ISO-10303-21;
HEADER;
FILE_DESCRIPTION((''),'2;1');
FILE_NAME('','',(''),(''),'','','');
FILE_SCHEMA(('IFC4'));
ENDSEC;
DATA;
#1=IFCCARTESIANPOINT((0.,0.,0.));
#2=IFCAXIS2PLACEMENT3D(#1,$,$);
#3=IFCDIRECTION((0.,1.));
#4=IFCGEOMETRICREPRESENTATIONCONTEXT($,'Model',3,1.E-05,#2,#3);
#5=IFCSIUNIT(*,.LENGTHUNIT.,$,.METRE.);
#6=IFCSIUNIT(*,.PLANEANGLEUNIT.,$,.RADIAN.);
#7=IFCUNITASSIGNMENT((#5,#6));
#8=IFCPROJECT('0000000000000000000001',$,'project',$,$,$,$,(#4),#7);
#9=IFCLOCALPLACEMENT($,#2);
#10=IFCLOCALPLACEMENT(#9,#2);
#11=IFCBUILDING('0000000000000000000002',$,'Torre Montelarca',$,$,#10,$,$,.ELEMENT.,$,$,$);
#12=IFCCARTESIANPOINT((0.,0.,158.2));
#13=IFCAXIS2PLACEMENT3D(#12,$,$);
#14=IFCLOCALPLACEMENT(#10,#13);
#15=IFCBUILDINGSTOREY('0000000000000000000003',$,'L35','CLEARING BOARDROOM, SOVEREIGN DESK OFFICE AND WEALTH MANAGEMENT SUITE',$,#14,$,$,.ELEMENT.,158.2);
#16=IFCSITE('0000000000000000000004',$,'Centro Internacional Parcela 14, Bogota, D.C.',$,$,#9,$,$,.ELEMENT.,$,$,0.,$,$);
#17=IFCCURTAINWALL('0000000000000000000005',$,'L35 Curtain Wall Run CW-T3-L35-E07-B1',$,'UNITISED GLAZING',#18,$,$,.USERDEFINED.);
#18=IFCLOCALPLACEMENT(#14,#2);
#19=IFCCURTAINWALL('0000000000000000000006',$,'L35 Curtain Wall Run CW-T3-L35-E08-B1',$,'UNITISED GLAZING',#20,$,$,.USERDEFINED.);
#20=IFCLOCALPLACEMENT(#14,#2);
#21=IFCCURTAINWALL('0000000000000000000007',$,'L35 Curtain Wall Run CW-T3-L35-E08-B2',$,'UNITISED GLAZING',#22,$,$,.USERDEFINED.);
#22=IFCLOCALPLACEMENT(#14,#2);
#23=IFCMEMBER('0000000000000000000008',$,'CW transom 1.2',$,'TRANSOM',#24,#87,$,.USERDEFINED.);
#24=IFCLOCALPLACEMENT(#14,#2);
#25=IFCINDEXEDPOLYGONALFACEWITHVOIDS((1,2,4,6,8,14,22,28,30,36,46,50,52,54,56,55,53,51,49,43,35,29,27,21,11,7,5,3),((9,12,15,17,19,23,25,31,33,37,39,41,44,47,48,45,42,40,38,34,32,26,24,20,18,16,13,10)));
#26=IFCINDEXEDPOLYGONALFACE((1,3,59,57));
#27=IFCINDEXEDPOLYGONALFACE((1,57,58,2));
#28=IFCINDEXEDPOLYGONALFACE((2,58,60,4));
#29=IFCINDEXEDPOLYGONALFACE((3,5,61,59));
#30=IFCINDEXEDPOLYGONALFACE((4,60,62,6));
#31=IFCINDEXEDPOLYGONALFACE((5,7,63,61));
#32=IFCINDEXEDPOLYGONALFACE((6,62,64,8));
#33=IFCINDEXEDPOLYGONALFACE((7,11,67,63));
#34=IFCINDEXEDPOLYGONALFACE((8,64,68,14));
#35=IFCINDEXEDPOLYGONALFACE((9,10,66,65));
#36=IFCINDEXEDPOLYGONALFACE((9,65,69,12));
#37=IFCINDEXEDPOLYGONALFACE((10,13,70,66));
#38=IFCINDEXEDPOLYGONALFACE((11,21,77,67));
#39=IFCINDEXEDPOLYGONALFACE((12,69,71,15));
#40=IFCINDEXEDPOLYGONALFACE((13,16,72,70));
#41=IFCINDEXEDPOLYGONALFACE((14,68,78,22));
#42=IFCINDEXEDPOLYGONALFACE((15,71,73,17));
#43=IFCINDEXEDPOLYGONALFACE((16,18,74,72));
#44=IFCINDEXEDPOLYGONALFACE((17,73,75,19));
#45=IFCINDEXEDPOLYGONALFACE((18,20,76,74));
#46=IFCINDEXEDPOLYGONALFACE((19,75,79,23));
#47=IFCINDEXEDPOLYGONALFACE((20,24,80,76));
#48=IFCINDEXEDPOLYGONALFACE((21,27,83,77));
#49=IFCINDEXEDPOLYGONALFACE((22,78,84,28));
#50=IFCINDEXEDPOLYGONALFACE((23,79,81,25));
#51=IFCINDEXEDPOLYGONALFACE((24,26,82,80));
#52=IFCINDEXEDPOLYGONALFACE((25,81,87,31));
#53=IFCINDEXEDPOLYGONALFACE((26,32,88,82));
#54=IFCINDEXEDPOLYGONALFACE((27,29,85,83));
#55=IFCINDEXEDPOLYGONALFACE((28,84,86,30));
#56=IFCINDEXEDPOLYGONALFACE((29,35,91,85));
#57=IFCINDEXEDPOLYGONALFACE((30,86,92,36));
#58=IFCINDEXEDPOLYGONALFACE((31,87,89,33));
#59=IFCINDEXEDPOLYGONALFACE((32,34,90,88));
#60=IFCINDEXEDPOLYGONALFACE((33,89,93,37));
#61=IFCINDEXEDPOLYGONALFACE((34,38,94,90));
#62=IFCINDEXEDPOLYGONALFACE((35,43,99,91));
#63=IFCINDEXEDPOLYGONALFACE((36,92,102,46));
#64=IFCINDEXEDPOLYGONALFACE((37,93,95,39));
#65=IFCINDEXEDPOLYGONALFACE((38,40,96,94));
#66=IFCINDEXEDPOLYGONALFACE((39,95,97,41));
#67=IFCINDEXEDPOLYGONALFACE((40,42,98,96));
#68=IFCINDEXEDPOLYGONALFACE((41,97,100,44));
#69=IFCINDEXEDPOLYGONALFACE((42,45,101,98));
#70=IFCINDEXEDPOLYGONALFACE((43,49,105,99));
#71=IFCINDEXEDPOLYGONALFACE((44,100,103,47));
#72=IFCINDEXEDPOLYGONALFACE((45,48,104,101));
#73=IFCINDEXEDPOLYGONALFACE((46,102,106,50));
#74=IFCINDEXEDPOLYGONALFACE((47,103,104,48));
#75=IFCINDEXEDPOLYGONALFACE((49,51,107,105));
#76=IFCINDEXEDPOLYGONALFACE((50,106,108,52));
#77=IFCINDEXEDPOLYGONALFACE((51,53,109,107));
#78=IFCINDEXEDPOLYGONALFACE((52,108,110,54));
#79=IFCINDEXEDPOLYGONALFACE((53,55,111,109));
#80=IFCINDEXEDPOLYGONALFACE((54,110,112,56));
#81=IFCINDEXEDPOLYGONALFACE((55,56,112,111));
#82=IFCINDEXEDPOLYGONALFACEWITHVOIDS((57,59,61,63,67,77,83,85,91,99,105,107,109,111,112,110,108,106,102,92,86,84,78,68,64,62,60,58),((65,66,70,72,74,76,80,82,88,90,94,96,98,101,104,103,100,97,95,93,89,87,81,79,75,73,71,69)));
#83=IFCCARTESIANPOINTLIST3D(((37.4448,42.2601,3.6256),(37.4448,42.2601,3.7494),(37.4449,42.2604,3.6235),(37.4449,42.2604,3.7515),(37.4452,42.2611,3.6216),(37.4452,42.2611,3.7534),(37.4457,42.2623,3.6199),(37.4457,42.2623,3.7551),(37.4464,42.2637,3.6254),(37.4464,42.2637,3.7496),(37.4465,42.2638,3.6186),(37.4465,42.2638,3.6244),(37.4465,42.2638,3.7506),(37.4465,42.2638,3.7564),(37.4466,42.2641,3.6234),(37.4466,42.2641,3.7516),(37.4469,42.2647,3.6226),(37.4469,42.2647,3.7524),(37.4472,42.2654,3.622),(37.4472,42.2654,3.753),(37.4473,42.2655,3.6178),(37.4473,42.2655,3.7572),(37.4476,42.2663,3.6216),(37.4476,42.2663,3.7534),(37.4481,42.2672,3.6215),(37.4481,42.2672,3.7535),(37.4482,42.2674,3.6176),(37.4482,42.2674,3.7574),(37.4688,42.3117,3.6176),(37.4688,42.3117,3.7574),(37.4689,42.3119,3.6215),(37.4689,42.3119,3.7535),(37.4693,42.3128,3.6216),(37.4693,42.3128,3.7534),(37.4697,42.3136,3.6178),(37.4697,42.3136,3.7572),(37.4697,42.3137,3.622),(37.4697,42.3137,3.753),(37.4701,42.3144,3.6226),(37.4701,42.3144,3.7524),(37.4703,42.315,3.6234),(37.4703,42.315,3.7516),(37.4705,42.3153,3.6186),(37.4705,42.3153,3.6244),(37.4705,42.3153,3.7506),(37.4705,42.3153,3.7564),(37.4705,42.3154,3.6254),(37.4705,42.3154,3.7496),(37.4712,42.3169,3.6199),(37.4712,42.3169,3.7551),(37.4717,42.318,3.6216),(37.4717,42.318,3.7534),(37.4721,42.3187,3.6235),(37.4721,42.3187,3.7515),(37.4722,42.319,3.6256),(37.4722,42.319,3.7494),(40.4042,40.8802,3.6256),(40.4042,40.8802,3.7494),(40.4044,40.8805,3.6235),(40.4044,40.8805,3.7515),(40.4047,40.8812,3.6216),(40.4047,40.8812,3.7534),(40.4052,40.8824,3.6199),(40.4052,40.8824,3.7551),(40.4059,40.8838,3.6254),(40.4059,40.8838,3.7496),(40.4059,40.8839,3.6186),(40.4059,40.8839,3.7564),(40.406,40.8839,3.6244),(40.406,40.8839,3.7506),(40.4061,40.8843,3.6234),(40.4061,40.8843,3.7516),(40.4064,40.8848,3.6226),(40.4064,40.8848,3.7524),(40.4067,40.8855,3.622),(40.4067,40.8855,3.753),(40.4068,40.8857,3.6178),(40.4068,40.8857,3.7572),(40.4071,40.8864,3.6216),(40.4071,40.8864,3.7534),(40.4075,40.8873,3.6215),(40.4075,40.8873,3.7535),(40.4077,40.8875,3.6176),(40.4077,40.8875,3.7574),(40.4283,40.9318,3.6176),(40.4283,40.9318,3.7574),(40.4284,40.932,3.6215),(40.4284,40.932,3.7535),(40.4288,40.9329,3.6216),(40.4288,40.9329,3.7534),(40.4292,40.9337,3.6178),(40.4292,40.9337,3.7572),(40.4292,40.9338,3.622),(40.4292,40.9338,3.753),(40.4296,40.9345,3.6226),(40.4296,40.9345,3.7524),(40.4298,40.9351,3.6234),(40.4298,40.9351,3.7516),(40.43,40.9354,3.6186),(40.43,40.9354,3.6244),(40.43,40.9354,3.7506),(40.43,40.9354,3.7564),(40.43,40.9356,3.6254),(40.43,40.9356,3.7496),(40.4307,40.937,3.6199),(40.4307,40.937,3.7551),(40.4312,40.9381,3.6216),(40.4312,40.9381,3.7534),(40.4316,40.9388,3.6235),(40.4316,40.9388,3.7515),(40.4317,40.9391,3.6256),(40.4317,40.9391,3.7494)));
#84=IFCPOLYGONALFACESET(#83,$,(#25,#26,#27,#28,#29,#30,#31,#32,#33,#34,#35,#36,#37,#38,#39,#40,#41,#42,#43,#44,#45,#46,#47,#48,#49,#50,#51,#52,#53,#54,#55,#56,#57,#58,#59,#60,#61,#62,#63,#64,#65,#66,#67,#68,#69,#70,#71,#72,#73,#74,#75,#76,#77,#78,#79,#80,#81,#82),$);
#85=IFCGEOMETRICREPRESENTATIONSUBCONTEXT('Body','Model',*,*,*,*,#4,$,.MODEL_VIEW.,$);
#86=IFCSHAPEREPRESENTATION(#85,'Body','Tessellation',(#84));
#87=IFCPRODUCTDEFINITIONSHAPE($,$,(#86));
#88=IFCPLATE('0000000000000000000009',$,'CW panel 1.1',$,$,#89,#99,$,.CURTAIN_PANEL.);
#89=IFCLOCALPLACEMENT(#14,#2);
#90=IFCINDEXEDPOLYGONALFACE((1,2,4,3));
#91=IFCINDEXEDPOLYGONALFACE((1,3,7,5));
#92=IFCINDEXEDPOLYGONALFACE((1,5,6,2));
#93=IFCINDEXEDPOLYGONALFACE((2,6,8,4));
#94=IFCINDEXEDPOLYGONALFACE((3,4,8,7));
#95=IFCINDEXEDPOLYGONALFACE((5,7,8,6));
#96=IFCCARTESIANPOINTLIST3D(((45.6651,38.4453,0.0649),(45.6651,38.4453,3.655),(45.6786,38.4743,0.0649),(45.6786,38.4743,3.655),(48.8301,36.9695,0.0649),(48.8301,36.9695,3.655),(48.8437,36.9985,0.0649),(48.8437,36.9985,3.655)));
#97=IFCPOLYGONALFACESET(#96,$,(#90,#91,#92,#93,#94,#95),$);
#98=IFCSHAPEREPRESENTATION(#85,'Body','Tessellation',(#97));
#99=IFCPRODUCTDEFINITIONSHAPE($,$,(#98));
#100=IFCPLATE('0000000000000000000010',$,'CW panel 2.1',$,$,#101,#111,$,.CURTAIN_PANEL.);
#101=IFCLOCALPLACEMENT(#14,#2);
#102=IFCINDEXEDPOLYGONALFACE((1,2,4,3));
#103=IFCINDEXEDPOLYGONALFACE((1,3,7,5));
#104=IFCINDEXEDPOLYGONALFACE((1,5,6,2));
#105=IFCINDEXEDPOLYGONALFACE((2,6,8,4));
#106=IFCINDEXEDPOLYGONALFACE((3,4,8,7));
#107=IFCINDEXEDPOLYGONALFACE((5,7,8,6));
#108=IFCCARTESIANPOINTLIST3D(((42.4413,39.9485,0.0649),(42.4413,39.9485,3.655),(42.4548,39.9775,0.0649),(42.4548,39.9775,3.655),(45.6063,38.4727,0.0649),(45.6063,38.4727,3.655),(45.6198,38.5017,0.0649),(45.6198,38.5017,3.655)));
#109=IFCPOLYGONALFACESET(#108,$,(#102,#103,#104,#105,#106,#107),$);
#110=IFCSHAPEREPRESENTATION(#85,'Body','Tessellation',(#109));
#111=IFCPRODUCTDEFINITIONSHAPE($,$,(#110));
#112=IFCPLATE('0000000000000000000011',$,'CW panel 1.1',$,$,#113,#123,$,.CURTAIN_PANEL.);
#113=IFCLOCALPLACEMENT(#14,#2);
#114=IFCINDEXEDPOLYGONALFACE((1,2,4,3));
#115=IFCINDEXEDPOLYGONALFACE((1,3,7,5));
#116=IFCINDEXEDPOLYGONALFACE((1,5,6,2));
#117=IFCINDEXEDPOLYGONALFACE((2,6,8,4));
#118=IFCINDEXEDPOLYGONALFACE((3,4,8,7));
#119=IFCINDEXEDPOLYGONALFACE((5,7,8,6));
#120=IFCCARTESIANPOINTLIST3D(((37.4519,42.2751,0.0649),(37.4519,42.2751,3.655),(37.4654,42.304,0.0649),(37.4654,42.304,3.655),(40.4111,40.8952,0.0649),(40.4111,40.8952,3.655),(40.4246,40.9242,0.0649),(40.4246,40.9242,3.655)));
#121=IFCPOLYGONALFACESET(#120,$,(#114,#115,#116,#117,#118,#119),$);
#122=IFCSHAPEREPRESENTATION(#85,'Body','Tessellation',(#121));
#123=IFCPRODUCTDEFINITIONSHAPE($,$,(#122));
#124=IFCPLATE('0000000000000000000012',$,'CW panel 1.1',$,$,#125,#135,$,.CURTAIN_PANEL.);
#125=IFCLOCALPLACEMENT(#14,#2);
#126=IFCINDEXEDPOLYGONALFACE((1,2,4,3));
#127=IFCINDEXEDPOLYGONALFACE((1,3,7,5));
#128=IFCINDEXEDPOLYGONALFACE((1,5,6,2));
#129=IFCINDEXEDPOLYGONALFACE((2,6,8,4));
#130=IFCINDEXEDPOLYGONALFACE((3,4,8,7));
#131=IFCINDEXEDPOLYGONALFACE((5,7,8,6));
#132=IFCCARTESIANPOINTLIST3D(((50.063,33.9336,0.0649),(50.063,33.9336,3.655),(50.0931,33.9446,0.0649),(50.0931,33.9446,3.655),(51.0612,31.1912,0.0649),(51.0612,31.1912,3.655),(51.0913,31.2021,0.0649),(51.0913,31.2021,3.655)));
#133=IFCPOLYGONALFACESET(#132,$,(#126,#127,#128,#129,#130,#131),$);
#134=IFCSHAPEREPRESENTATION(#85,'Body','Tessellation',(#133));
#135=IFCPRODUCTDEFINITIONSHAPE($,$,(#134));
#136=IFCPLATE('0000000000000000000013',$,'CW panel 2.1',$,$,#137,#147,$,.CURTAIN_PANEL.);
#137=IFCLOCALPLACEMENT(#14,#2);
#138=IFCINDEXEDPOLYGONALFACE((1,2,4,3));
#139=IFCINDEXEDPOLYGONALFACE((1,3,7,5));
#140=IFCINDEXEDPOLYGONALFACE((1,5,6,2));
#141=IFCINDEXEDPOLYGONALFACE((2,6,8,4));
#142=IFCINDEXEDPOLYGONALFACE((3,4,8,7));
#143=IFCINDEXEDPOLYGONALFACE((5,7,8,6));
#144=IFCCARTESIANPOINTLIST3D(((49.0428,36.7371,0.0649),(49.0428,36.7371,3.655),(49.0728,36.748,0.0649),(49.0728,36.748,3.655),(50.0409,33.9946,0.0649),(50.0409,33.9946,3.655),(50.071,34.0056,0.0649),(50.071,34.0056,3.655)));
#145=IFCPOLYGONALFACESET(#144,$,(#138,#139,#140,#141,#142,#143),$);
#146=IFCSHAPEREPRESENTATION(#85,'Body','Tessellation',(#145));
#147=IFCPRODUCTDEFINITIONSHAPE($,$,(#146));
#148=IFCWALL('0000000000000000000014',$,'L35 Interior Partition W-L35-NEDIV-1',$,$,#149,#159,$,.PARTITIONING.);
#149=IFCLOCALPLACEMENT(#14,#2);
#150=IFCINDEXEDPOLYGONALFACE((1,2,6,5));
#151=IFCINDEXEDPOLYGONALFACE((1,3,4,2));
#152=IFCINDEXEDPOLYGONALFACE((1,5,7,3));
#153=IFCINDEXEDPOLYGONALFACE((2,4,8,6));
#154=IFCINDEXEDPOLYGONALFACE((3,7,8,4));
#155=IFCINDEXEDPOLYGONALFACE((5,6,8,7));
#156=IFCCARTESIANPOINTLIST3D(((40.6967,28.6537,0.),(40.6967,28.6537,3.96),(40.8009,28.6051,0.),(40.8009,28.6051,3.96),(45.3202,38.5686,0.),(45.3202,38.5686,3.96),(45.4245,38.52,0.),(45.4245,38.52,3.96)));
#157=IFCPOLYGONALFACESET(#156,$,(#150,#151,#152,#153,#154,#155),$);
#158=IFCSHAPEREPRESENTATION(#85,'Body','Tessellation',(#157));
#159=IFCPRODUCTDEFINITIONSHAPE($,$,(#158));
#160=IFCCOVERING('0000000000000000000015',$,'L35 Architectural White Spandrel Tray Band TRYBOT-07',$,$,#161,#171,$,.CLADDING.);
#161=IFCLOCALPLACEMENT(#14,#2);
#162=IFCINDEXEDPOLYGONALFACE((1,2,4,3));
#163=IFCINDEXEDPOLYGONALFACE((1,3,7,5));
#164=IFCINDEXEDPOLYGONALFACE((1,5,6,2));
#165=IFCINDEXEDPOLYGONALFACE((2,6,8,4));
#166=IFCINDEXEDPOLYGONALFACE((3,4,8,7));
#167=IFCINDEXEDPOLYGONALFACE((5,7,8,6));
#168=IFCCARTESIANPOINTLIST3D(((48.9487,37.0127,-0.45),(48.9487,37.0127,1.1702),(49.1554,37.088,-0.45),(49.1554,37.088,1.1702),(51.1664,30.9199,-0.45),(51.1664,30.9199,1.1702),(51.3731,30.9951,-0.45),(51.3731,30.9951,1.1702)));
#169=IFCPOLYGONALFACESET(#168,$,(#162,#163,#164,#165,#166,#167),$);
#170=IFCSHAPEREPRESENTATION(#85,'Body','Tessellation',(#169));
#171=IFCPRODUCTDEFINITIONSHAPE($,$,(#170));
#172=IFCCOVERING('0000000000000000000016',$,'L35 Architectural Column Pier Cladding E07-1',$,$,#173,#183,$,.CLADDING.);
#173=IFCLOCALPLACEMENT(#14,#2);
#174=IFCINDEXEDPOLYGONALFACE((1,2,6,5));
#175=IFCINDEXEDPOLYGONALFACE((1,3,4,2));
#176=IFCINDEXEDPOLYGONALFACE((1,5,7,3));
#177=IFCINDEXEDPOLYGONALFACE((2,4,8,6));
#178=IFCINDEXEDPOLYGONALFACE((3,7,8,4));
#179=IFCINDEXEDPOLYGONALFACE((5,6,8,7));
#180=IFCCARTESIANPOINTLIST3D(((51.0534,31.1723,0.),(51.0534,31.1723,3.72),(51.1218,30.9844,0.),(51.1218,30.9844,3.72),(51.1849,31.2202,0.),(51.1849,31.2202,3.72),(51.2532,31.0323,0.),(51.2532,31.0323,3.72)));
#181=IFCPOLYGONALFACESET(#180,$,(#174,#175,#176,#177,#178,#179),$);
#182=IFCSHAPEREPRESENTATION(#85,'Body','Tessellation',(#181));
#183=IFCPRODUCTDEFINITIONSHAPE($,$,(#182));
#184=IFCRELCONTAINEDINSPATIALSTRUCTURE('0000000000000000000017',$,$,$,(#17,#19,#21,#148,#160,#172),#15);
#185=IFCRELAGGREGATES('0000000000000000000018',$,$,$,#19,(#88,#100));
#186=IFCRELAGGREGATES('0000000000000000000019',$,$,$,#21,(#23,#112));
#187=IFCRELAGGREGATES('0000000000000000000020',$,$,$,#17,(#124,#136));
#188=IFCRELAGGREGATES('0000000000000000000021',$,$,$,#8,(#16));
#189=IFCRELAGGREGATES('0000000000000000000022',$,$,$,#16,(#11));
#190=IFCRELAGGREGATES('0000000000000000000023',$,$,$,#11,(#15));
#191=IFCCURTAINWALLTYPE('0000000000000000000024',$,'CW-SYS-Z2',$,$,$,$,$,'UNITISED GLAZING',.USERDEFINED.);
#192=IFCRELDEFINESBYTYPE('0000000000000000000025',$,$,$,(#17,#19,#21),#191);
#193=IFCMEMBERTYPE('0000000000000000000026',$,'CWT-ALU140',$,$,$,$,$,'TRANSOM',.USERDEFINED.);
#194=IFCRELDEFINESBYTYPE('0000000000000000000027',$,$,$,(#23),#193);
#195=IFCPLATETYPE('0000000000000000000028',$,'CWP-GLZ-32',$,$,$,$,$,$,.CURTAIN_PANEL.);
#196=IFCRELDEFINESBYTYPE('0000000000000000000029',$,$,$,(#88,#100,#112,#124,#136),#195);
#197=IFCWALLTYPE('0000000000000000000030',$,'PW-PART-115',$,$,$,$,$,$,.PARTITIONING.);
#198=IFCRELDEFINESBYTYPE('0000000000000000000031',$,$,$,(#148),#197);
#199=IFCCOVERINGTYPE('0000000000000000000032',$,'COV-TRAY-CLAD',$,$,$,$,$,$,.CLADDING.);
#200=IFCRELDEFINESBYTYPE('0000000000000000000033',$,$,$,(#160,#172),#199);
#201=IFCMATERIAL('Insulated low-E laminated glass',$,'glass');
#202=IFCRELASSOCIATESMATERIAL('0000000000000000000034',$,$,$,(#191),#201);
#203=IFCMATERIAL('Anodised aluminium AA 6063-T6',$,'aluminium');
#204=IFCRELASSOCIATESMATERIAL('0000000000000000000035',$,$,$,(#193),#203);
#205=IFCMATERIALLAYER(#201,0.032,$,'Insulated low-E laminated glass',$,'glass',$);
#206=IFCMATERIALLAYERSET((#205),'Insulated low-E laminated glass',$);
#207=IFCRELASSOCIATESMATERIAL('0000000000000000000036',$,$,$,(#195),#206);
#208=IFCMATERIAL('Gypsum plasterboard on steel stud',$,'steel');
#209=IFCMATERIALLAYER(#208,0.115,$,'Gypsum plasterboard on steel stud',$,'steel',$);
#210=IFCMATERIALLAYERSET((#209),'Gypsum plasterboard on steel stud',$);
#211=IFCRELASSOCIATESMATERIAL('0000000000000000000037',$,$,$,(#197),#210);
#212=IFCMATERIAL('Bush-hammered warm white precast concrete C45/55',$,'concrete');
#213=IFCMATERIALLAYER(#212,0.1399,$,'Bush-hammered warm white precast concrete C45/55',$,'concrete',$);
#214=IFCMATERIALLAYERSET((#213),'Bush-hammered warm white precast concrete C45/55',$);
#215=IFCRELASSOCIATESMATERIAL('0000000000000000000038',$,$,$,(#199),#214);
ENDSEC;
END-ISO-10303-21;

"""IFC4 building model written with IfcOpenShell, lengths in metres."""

from ifc_helpers import new_model, si_unit, direction, frame, frame_2d, origin, origin_2d, place, context, subcontext, project, spatial, rectangle, hollow_rectangle, extrude, source, transform, mapped, material, layer, layer_set, material_profile, profile_set, type_object, element, aggregate, save


model = new_model("IFC4")

# Units and contexts
model_context = context("Model", 3, precision=1e-05, world=origin(), true_north=direction((0.0, 1.0)))
body_context = subcontext(model_context, "Body", "Model", "MODEL_VIEW")
ifc_project = project(units=[si_unit("LENGTHUNIT", "METRE"), si_unit("PLANEANGLEUNIT", "RADIAN")], contexts=[model_context])

# Site, building, storey
site_placement = place(None, origin())
site = spatial("IfcSite", under=ifc_project, at=site_placement, Name="Centro Internacional Parcela 14, Bogota, D.C.", CompositionType="ELEMENT", RefElevation=0.0)
building_placement = place(site_placement, origin())
building = spatial("IfcBuilding", under=site, at=building_placement, Name="Torre Montelarca", CompositionType="ELEMENT")
storey_placement = place(building_placement, frame((0.0, 0.0, 158.2)))
storey = spatial("IfcBuildingStorey", under=building, at=storey_placement, Name="L35", Description="CLEARING BOARDROOM, SOVEREIGN DESK OFFICE AND WEALTH MANAGEMENT SUITE", CompositionType="ELEMENT", Elevation=158.2)

# Curtain walls
ifc_material_1 = material(Name="Insulated low-E laminated glass", Category="glass")
curtain_wall_type = type_object("IfcCurtainWallType", Name="CW-SYS-Z2", ElementType="UNITISED GLAZING", PredefinedType="USERDEFINED", material=ifc_material_1)
curtain_wall_1_placement = place(storey_placement, origin())
curtain_wall_1 = element("IfcCurtainWall", 1, at=curtain_wall_1_placement, inside=storey, type_object=curtain_wall_type, Name="L35 Curtain Wall Run CW-T3-L35-E07-B1", ObjectType="UNITISED GLAZING", PredefinedType="USERDEFINED")
ifc_material_2 = material(Name="Anodised aluminium AA 6063-T6", Category="aluminium")
ifc_material_profile_1 = material_profile(ifc_material_2, hollow_rectangle(XDim=0.0649, YDim=0.1399, WallThickness=0.0039, InnerFilletRadius=0.0039, OuterFilletRadius=0.0081, at=origin_2d()), Name="ALU65X140X4", Category="aluminium")
ifc_profile_set_1 = profile_set([ifc_material_profile_1], Name="Anodised aluminium AA 6063-T6")
member_type_1 = type_object("IfcMemberType", Name="CWT-ALU140", ElementType="TRANSOM", PredefinedType="USERDEFINED", material=ifc_profile_set_1)
curtain_wall_2_placement = place(storey_placement, origin())
curtain_wall_2 = element("IfcCurtainWall", 2, at=curtain_wall_2_placement, inside=storey, type_object=curtain_wall_type, Name="L35 Curtain Wall Run CW-T3-L35-E08-B1", ObjectType="UNITISED GLAZING", PredefinedType="USERDEFINED")

# Curtain wall
curtain_wall_3_placement = place(storey_placement, origin())
curtain_wall_3 = element("IfcCurtainWall", 3, at=curtain_wall_3_placement, inside=storey, type_object=curtain_wall_type, Name="L35 Curtain Wall Run CW-T3-L35-E08-B2", ObjectType="UNITISED GLAZING", PredefinedType="USERDEFINED")

# Member
shared_shape_1 = source(origin(), body_context, "Body", "SweptSolid", [
    extrude(hollow_rectangle(XDim=0.0649, YDim=0.1399, WallThickness=0.0039, InnerFilletRadius=0.0039, OuterFilletRadius=0.0081, at=origin_2d()), origin(), (0.0, 0.0, 1.0), 3.2654),
])
member_1_placement = place(storey_placement, frame((40.418, 40.9097, 3.6875), z_axis=(-0.906324, 0.422583, 0.0), x_axis=(-0.422583, -0.906324, 0.0)))
member_1 = element("IfcMember", 4, at=member_1_placement, type_object=member_type_1, Name="CW transom 1.2", ObjectType="TRANSOM", PredefinedType="USERDEFINED", context=body_context, shape_type="MappedRepresentation", body=[
    mapped(shared_shape_1, transform((0.0, 0.0, 0.0), scale=1.0)),
])

# Plates
ifc_layer_1 = layer(ifc_material_1, 0.032, Name="Insulated low-E laminated glass", Category="glass")
ifc_layer_set_1 = layer_set([ifc_layer_1], Name="Insulated low-E laminated glass")
plate_type = type_object("IfcPlateType", Name="CWP-GLZ-32", PredefinedType="CURTAIN_PANEL", material=ifc_layer_set_1)
shared_shape_2 = source(origin(), body_context, "Body", "SweptSolid", [
    extrude(rectangle(XDim=3.4922, YDim=0.032, at=origin_2d()), origin(), (0.0, 0.0, 1.0), 3.5901),
])
plate_1_placement = place(storey_placement, frame((47.2544, 37.7219, 0.0649), z_axis=(0.0, 0.0, 1.0), x_axis=(-0.906312, 0.422609, 0.0)))
plate_1 = element("IfcPlate", 5, at=plate_1_placement, type_object=plate_type, Name="CW panel 1.1", PredefinedType="CURTAIN_PANEL", context=body_context, shape_type="MappedRepresentation", body=[
    mapped(shared_shape_2, transform((0.0, 0.0, 0.0), scale=1.0)),
])
plate_2_placement = place(storey_placement, frame((44.0305, 39.2251, 0.0649), z_axis=(0.0, 0.0, 1.0), x_axis=(-0.906312, 0.422609, 0.0)))
plate_2 = element("IfcPlate", 6, at=plate_2_placement, type_object=plate_type, Name="CW panel 2.1", PredefinedType="CURTAIN_PANEL", context=body_context, shape_type="MappedRepresentation", body=[
    mapped(shared_shape_2, transform((0.0, 0.0, 0.0), scale=1.0)),
])
aggregate(curtain_wall_2, [plate_1, plate_2])
shared_shape_3 = source(origin(), body_context, "Body", "SweptSolid", [
    extrude(rectangle(XDim=3.2651, YDim=0.032, at=origin_2d()), origin(), (0.0, 0.0, 1.0), 3.5901),
])
plate_3_placement = place(storey_placement, frame((38.9382, 41.5996, 0.0649), z_axis=(0.0, 0.0, 1.0), x_axis=(-0.906313, 0.422608, 0.0)))
plate_3 = element("IfcPlate", 7, at=plate_3_placement, type_object=plate_type, Name="CW panel 1.1", PredefinedType="CURTAIN_PANEL", context=body_context, shape_type="MappedRepresentation", body=[
    mapped(shared_shape_3, transform((0.0, 0.0, 0.0), scale=1.0)),
])
aggregate(curtain_wall_3, [member_1, plate_3])
shared_shape_4 = source(origin(), body_context, "Body", "SweptSolid", [
    extrude(rectangle(XDim=2.9185, YDim=0.032, at=origin_2d()), origin(), (0.0, 0.0, 1.0), 3.5901),
])
plate_4_placement = place(storey_placement, frame((50.5771, 32.5679, 0.0649), z_axis=(0.0, 0.0, 1.0), x_axis=(-0.342021, 0.939692, 0.0)))
plate_4 = element("IfcPlate", 8, at=plate_4_placement, type_object=plate_type, Name="CW panel 1.1", PredefinedType="CURTAIN_PANEL", context=body_context, shape_type="MappedRepresentation", body=[
    mapped(shared_shape_4, transform((0.0, 0.0, 0.0), scale=1.0)),
])
plate_5_placement = place(storey_placement, frame((49.5569, 35.3713, 0.0649), z_axis=(0.0, 0.0, 1.0), x_axis=(-0.342021, 0.939692, 0.0)))
plate_5 = element("IfcPlate", 9, at=plate_5_placement, type_object=plate_type, Name="CW panel 2.1", PredefinedType="CURTAIN_PANEL", context=body_context, shape_type="MappedRepresentation", body=[
    mapped(shared_shape_4, transform((0.0, 0.0, 0.0), scale=1.0)),
])
aggregate(curtain_wall_1, [plate_4, plate_5])

# Wall
ifc_material_3 = material(Name="Gypsum plasterboard on steel stud", Category="steel")
ifc_layer_2 = layer(ifc_material_3, 0.115, Name="Gypsum plasterboard on steel stud", Category="steel")
ifc_layer_set_2 = layer_set([ifc_layer_2], Name="Gypsum plasterboard on steel stud")
wall_type = type_object("IfcWallType", Name="PW-PART-115", PredefinedType="PARTITIONING", material=ifc_layer_set_2)
wall_placement = place(storey_placement, frame((40.7488, 28.6294, 0.0), z_axis=(0.0, 0.0, 1.0), x_axis=(0.422633, 0.906301, 0.0)))
element("IfcWall", 10, at=wall_placement, inside=storey, type_object=wall_type, Name="L35 Interior Partition W-L35-NEDIV-1", PredefinedType="PARTITIONING", context=body_context, shape_type="SweptSolid", body=[
    extrude(rectangle(XDim=10.9399, YDim=0.115, at=frame_2d((5.47, 0.0))), origin(), (0.0, 0.0, 1.0), 3.96),
])

# Coverings
ifc_material_4 = material(Name="Bush-hammered warm white precast concrete C45/55", Category="concrete")
ifc_layer_3 = layer(ifc_material_4, 0.1399, Name="Bush-hammered warm white precast concrete C45/55", Category="concrete")
ifc_layer_set_3 = layer_set([ifc_layer_3], Name="Bush-hammered warm white precast concrete C45/55")
covering_type = type_object("IfcCoveringType", Name="COV-TRAY-CLAD", PredefinedType="CLADDING", material=ifc_layer_set_3)
shared_shape_5 = source(origin(), body_context, "Body", "SweptSolid", [
    extrude(rectangle(XDim=6.4839, YDim=0.22, at=origin_2d()), origin(), (0.0, 0.0, 1.0), 1.6201),
])
covering_1_placement = place(storey_placement, frame((50.1609, 34.0039, -0.45), z_axis=(0.0, 0.0, 1.0), x_axis=(-0.342023, 0.939691, 0.0)))
element("IfcCovering", 11, at=covering_1_placement, inside=storey, type_object=covering_type, Name="L35 Architectural White Spandrel Tray Band TRYBOT-07", PredefinedType="CLADDING", context=body_context, shape_type="MappedRepresentation", body=[
    mapped(shared_shape_5, transform((0.0, 0.0, 0.0), scale=1.0)),
])
shared_shape_6 = source(origin(), body_context, "Body", "SweptSolid", [
    extrude(rectangle(XDim=0.2, YDim=0.1399, at=origin_2d()), origin(), (0.0, 0.0, 1.0), 3.72),
])
for number, where, z_axis, x_axis, name in (
    (12, (51.1533, 31.1023, 0.0), (0.0, 0.0, 1.0), (-0.342017, 0.939694, 0.0), "L35 Architectural Column Pier Cladding E07-1"),
):
    element("IfcCovering", number, at=place(storey_placement, frame(where, z_axis=z_axis, x_axis=x_axis)), inside=storey, type_object=covering_type, Name=name, PredefinedType="CLADDING", context=body_context, shape_type="MappedRepresentation", body=[
        mapped(shared_shape_6, transform((0.0, 0.0, 0.0), scale=1.0)),
    ])

save(model, "model.ifc")
